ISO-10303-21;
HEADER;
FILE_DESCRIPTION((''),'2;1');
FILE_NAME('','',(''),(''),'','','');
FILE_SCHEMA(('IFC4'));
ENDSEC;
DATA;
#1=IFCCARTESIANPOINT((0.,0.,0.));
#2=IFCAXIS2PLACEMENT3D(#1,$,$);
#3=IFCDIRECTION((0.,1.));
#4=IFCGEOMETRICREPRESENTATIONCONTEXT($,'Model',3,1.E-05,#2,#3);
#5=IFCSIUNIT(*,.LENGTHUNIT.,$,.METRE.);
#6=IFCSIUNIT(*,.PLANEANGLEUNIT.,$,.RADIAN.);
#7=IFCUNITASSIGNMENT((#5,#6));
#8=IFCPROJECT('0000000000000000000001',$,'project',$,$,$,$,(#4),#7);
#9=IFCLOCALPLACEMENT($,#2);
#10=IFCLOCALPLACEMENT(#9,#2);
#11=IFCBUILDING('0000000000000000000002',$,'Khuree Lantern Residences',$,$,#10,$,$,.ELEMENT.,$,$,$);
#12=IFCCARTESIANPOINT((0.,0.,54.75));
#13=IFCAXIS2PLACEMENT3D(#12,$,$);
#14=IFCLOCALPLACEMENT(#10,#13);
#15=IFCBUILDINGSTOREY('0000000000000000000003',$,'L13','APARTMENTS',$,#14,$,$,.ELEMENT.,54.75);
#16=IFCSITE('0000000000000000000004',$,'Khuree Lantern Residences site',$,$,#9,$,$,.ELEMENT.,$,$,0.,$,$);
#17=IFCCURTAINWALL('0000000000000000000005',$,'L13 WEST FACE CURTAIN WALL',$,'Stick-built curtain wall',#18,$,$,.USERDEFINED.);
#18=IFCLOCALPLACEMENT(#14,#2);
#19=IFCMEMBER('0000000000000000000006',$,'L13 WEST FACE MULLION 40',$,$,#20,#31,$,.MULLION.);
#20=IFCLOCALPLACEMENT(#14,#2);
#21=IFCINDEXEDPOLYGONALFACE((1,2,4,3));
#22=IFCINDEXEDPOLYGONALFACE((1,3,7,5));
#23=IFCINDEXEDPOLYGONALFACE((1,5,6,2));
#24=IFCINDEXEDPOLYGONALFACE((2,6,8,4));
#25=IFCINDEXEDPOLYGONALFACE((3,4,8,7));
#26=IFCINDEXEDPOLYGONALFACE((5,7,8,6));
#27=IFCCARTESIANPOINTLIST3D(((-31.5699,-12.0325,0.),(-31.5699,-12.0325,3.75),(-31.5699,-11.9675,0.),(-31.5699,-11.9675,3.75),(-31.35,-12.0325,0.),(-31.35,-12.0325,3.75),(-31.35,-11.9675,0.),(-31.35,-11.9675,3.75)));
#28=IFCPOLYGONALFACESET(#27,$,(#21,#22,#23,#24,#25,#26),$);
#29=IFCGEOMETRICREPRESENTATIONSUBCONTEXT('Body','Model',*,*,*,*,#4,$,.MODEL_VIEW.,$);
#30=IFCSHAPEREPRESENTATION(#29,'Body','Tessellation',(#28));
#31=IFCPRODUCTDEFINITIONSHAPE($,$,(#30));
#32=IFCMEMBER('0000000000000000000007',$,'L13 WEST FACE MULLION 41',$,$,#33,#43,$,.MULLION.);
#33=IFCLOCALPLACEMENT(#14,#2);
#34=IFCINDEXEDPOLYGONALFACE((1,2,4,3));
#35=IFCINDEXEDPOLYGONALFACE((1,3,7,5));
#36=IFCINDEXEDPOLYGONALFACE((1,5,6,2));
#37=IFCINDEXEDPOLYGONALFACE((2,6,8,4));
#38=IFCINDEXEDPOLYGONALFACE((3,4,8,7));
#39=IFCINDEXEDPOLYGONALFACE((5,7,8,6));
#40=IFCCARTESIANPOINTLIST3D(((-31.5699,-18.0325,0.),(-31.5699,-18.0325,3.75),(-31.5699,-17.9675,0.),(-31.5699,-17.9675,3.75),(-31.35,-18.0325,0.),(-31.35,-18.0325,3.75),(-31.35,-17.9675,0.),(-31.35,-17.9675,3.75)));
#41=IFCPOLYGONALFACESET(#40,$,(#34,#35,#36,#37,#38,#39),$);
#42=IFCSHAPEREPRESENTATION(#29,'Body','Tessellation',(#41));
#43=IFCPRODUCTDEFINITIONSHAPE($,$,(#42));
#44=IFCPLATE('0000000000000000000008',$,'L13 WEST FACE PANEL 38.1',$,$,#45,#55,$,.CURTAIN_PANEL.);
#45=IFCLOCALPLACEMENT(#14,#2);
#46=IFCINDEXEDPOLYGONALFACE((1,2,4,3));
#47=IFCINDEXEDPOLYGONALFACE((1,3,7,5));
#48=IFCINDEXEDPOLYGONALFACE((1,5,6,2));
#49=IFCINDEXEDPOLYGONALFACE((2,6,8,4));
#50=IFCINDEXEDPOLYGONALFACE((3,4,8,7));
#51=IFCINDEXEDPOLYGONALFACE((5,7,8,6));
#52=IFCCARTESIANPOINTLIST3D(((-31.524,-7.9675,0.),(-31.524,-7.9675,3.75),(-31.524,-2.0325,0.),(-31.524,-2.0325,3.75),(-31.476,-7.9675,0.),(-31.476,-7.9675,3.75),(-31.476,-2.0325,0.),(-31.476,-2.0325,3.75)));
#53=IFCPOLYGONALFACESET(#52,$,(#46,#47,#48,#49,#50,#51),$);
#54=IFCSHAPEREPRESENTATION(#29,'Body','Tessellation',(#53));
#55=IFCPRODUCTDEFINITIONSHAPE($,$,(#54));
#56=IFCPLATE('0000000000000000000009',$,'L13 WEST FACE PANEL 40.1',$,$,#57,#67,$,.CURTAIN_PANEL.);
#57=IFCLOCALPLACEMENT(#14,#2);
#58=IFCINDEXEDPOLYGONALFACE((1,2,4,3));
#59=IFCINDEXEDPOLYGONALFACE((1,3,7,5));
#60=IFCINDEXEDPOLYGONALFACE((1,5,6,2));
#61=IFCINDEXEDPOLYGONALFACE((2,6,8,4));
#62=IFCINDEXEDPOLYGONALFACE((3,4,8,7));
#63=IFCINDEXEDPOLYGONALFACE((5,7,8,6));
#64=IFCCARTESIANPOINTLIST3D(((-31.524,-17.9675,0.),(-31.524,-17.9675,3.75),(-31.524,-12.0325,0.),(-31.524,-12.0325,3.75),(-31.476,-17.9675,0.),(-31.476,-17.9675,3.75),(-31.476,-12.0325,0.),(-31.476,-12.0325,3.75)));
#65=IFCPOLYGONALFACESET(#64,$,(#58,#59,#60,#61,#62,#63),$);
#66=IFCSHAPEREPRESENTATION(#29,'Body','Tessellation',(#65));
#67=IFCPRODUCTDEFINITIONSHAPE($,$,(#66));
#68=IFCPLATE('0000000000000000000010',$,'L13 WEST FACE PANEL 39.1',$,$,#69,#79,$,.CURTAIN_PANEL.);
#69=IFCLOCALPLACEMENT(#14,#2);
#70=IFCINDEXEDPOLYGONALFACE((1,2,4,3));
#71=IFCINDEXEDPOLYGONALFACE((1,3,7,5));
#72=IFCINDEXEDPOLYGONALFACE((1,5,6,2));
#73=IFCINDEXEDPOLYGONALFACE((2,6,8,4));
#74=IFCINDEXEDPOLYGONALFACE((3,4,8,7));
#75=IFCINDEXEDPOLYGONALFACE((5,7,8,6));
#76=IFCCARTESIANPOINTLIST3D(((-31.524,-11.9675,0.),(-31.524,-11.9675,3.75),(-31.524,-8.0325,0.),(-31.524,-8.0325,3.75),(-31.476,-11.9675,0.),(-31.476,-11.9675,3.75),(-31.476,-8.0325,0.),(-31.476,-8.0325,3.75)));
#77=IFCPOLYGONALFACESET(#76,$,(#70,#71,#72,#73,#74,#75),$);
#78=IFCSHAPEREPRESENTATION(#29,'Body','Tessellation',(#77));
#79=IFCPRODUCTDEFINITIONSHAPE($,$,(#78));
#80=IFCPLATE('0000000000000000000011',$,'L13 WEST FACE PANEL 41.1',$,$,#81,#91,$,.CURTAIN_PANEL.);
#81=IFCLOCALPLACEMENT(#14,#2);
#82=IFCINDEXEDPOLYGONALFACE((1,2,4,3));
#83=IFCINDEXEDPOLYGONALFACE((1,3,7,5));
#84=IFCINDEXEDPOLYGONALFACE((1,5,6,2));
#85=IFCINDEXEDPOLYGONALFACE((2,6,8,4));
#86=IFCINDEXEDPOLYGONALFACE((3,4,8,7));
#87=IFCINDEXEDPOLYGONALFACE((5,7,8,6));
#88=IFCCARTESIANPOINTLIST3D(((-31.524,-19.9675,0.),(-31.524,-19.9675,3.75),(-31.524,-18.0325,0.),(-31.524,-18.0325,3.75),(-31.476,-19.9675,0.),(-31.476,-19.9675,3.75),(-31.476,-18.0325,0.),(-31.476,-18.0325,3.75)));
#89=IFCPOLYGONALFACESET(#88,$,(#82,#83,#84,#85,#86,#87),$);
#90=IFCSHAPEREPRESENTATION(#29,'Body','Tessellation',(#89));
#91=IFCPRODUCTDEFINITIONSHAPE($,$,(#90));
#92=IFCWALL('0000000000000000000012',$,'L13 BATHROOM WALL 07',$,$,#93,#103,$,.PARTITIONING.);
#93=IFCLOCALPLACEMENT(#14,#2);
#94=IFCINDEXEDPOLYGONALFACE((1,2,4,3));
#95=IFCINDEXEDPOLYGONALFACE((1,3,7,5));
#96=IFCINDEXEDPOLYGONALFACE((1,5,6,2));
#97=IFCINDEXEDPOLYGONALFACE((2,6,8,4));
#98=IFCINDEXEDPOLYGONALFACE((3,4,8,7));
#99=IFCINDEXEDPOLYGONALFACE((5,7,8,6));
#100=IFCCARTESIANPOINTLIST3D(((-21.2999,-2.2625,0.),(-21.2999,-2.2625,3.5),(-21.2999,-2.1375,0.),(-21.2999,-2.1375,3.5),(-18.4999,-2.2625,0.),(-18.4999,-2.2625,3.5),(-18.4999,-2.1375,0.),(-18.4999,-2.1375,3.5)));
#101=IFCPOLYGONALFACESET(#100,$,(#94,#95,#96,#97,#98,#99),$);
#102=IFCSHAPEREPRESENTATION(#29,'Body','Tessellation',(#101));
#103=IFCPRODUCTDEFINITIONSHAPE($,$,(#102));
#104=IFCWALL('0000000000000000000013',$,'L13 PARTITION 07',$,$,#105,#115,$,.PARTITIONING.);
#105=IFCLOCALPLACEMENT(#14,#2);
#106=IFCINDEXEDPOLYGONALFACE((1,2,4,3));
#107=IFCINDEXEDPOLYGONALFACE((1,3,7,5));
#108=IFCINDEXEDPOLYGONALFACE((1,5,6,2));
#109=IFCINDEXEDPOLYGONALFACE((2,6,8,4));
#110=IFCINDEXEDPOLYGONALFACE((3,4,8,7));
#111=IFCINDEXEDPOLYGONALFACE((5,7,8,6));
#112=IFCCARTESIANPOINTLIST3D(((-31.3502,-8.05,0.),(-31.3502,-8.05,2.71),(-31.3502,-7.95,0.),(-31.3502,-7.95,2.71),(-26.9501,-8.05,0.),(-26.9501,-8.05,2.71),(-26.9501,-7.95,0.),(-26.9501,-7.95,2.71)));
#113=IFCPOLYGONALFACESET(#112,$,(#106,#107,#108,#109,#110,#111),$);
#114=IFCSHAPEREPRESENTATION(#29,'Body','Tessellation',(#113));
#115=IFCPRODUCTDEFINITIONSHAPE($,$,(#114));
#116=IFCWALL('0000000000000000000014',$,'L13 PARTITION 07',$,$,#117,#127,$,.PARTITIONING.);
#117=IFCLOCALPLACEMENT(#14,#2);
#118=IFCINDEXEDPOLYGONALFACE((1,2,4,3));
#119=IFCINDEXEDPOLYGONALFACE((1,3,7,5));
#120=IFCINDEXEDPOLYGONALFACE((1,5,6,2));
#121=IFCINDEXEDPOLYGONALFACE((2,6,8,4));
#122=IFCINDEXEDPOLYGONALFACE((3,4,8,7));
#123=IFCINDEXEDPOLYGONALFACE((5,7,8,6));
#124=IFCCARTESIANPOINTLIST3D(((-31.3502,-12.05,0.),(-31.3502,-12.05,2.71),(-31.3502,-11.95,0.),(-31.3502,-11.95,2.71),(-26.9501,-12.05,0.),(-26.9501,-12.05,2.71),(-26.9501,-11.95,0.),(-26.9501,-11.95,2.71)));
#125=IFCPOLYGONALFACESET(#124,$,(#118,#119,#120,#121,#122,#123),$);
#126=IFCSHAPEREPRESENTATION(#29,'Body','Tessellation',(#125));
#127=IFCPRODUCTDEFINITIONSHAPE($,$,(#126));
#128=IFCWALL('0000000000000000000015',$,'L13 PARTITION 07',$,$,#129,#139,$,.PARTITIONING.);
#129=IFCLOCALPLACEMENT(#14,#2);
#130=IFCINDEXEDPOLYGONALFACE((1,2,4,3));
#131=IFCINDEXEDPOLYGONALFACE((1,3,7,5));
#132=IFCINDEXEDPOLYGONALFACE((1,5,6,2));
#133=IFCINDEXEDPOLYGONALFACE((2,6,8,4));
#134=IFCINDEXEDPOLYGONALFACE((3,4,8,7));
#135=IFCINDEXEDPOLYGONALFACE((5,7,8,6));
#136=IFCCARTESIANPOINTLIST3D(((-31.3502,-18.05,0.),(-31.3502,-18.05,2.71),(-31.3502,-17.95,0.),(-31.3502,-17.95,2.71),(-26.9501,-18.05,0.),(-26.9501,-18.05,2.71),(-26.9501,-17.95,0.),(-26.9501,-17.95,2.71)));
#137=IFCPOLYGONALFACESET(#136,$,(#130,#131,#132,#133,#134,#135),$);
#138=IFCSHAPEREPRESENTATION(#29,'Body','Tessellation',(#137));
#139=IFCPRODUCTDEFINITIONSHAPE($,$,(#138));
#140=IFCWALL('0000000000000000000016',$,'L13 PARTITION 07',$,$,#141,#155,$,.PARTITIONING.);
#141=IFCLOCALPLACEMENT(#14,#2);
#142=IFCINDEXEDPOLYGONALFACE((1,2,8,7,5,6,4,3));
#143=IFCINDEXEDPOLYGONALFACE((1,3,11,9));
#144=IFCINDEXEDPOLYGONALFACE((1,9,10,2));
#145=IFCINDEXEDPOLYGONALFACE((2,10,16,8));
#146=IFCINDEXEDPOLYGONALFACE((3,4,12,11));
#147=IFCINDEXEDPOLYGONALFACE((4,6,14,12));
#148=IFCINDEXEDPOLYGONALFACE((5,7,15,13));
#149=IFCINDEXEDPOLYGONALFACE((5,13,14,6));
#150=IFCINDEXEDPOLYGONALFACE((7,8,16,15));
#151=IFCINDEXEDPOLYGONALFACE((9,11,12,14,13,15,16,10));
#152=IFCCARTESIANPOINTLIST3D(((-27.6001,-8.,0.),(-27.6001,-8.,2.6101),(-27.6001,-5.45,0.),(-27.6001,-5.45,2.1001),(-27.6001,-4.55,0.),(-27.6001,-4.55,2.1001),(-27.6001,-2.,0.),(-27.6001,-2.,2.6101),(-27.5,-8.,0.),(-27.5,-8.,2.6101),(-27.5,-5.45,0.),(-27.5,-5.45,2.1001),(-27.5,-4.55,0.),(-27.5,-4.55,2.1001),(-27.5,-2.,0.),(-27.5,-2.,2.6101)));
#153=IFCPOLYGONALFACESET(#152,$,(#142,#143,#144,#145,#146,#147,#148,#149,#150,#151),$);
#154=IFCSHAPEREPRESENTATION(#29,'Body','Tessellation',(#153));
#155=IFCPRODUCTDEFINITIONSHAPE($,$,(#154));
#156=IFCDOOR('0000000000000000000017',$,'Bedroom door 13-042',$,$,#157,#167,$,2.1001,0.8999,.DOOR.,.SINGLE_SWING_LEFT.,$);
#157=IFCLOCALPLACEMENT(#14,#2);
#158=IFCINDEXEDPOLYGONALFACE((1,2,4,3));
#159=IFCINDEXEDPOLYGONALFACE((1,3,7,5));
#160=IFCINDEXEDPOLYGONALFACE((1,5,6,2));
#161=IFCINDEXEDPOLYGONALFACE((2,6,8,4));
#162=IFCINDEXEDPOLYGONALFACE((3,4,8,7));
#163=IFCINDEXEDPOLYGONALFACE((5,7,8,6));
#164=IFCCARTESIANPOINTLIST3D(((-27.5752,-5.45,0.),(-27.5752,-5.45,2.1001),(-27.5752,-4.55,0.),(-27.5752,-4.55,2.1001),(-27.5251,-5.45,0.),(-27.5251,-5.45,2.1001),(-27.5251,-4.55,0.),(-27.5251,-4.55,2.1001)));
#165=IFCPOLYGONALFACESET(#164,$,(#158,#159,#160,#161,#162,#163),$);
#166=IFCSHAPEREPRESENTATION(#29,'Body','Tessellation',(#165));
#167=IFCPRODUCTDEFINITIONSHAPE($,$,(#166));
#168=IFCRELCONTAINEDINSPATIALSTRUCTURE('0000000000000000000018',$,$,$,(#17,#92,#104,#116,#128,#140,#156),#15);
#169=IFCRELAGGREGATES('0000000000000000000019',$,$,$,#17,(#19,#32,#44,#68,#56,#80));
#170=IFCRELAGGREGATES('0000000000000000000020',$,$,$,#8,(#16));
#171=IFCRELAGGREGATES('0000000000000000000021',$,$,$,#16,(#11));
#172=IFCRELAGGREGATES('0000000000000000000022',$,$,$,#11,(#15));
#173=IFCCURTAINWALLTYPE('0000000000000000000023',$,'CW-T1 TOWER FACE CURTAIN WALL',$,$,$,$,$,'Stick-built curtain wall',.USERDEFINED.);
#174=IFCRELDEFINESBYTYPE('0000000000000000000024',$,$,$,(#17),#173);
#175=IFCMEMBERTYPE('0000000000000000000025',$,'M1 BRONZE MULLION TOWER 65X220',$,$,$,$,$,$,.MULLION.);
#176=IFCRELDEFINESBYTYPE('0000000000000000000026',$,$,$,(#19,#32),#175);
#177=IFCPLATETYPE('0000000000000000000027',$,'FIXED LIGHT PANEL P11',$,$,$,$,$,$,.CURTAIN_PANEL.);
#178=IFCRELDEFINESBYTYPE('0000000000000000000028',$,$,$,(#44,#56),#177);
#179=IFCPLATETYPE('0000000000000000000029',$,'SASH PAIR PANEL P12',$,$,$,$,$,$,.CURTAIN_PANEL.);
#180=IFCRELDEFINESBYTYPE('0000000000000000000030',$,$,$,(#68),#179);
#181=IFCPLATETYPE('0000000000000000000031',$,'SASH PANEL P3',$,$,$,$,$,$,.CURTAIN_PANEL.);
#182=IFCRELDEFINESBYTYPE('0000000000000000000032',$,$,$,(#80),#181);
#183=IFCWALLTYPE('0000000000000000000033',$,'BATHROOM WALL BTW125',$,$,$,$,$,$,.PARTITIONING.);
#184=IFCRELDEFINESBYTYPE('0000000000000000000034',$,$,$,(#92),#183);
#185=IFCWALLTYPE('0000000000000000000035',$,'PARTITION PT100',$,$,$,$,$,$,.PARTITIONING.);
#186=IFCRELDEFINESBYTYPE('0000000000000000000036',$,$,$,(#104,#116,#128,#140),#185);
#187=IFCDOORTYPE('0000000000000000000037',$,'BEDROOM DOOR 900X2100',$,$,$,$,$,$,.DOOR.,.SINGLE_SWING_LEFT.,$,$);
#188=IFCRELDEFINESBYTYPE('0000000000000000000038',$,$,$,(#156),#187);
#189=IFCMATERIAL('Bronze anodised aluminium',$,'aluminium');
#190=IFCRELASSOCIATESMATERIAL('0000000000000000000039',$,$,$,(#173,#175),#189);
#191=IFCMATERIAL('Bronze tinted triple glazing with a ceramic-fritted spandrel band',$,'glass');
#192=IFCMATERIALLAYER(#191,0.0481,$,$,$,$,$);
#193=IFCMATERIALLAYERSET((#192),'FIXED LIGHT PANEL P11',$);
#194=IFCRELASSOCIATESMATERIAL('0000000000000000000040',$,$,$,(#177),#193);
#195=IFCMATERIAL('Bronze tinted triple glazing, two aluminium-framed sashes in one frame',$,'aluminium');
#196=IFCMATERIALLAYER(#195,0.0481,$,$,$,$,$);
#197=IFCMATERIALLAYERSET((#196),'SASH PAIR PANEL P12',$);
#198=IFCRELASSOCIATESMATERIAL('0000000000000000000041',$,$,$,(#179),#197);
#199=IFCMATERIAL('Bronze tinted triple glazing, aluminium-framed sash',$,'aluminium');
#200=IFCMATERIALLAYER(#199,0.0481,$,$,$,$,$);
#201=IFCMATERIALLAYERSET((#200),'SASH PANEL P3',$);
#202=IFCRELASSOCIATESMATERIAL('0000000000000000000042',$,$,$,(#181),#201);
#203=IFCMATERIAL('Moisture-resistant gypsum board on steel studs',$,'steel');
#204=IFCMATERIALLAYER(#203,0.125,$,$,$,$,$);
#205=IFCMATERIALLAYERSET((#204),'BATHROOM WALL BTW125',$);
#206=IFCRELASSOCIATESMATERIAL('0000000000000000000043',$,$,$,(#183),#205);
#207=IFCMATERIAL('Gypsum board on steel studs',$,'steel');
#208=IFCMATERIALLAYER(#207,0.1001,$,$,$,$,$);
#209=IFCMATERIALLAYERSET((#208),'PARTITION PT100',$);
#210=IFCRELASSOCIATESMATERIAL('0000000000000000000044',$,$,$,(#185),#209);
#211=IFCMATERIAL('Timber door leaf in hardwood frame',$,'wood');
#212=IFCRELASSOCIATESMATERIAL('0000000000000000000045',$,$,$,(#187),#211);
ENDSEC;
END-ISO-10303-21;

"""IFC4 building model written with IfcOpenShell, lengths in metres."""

from ifc_helpers import new_model, si_unit, direction, frame, frame_2d, origin, origin_2d, place, context, subcontext, project, spatial, rectangle, extrude, material, layer, layer_set, material_profile, profile_set, type_object, element, fill, aggregate, save


model = new_model("IFC4")

# Units and contexts
model_context = context("Model", 3, precision=1e-05, world=origin(), true_north=direction((0.0, 1.0)))
body_context = subcontext(model_context, "Body", "Model", "MODEL_VIEW")
ifc_project = project(units=[si_unit("LENGTHUNIT", "METRE"), si_unit("PLANEANGLEUNIT", "RADIAN")], contexts=[model_context])

# Site, building, storey
site_placement = place(None, origin())
site = spatial("IfcSite", under=ifc_project, at=site_placement, Name="Khuree Lantern Residences site", CompositionType="ELEMENT", RefElevation=0.0)
building_placement = place(site_placement, origin())
building = spatial("IfcBuilding", under=site, at=building_placement, Name="Khuree Lantern Residences", CompositionType="ELEMENT")
storey_placement = place(building_placement, frame((0.0, 0.0, 54.75)))
storey = spatial("IfcBuildingStorey", under=building, at=storey_placement, Name="L13", Description="APARTMENTS", CompositionType="ELEMENT", Elevation=54.75)

# Curtain wall
ifc_material_1 = material(Name="Bronze anodised aluminium", Category="aluminium")
curtain_wall_type = type_object("IfcCurtainWallType", Name="CW-T1 TOWER FACE CURTAIN WALL", ElementType="Stick-built curtain wall", PredefinedType="USERDEFINED", material=ifc_material_1)
curtain_wall_placement = place(storey_placement, origin())
curtain_wall = element("IfcCurtainWall", 1, at=curtain_wall_placement, inside=storey, type_object=curtain_wall_type, Name="L13 WEST FACE CURTAIN WALL", ObjectType="Stick-built curtain wall", PredefinedType="USERDEFINED")

# Members
ifc_material_profile_1 = material_profile(ifc_material_1, rectangle(XDim=0.0649, YDim=0.22, at=origin_2d()), Name="M1 65X220")
ifc_profile_set_1 = profile_set([ifc_material_profile_1], Name="Bronze anodised aluminium")
member_type_1 = type_object("IfcMemberType", Name="M1 BRONZE MULLION TOWER 65X220", PredefinedType="MULLION", material=ifc_profile_set_1)
member_1_placement = place(storey_placement, frame((-31.46, -12.0, 0.0), z_axis=(0.0, 0.0, 1.0), x_axis=(0.0, -1.0, 0.0)))
member_1 = element("IfcMember", 2, at=member_1_placement, type_object=member_type_1, Name="L13 WEST FACE MULLION 40", PredefinedType="MULLION", context=body_context, shape_type="SweptSolid", body=[
    extrude(rectangle(XDim=0.0649, YDim=0.22, at=origin_2d()), origin(), (0.0, 0.0, 1.0), 3.75),
])
member_2_placement = place(storey_placement, frame((-31.46, -18.0, 0.0), z_axis=(0.0, 0.0, 1.0), x_axis=(0.0, -1.0, 0.0)))
member_2 = element("IfcMember", 3, at=member_2_placement, type_object=member_type_1, Name="L13 WEST FACE MULLION 41", PredefinedType="MULLION", context=body_context, shape_type="SweptSolid", body=[
    extrude(rectangle(XDim=0.0649, YDim=0.22, at=origin_2d()), origin(), (0.0, 0.0, 1.0), 3.75),
])

# Plates
ifc_material_2 = material(Name="Bronze tinted triple glazing with a ceramic-fritted spandrel band", Category="glass")
ifc_layer_1 = layer(ifc_material_2, 0.0481)
ifc_layer_set_1 = layer_set([ifc_layer_1], Name="FIXED LIGHT PANEL P11")
plate_type_1 = type_object("IfcPlateType", Name="FIXED LIGHT PANEL P11", PredefinedType="CURTAIN_PANEL", material=ifc_layer_set_1)
plate_1_placement = place(storey_placement, frame((-31.5, -5.0, 0.0), z_axis=(0.0, 0.0, 1.0), x_axis=(0.0, -1.0, 0.0)))
plate_1 = element("IfcPlate", 4, at=plate_1_placement, type_object=plate_type_1, Name="L13 WEST FACE PANEL 38.1", PredefinedType="CURTAIN_PANEL", context=body_context, shape_type="SweptSolid", body=[
    extrude(rectangle(XDim=5.9351, YDim=0.0481, at=origin_2d()), origin(), (0.0, 0.0, 1.0), 3.75),
])
plate_2_placement = place(storey_placement, frame((-31.5, -15.0, 0.0), z_axis=(0.0, 0.0, 1.0), x_axis=(0.0, -1.0, 0.0)))
plate_2 = element("IfcPlate", 5, at=plate_2_placement, type_object=plate_type_1, Name="L13 WEST FACE PANEL 40.1", PredefinedType="CURTAIN_PANEL", context=body_context, shape_type="SweptSolid", body=[
    extrude(rectangle(XDim=5.9351, YDim=0.0481, at=origin_2d()), origin(), (0.0, 0.0, 1.0), 3.75),
])
ifc_material_3 = material(Name="Bronze tinted triple glazing, two aluminium-framed sashes in one frame", Category="aluminium")
ifc_layer_2 = layer(ifc_material_3, 0.0481)
ifc_layer_set_2 = layer_set([ifc_layer_2], Name="SASH PAIR PANEL P12")
plate_type_2 = type_object("IfcPlateType", Name="SASH PAIR PANEL P12", PredefinedType="CURTAIN_PANEL", material=ifc_layer_set_2)
plate_3_placement = place(storey_placement, frame((-31.5, -10.0, 0.0), z_axis=(0.0, 0.0, 1.0), x_axis=(0.0, -1.0, 0.0)))
plate_3 = element("IfcPlate", 6, at=plate_3_placement, type_object=plate_type_2, Name="L13 WEST FACE PANEL 39.1", PredefinedType="CURTAIN_PANEL", context=body_context, shape_type="SweptSolid", body=[
    extrude(rectangle(XDim=3.9351, YDim=0.0481, at=origin_2d()), origin(), (0.0, 0.0, 1.0), 3.75),
])
ifc_material_4 = material(Name="Bronze tinted triple glazing, aluminium-framed sash", Category="aluminium")
ifc_layer_3 = layer(ifc_material_4, 0.0481)
ifc_layer_set_3 = layer_set([ifc_layer_3], Name="SASH PANEL P3")
plate_type_3 = type_object("IfcPlateType", Name="SASH PANEL P3", PredefinedType="CURTAIN_PANEL", material=ifc_layer_set_3)
plate_4_placement = place(storey_placement, frame((-31.5, -19.0, 0.0), z_axis=(0.0, 0.0, 1.0), x_axis=(0.0, -1.0, 0.0)))
plate_4 = element("IfcPlate", 7, at=plate_4_placement, type_object=plate_type_3, Name="L13 WEST FACE PANEL 41.1", PredefinedType="CURTAIN_PANEL", context=body_context, shape_type="SweptSolid", body=[
    extrude(rectangle(XDim=1.9351, YDim=0.0481, at=origin_2d()), origin(), (0.0, 0.0, 1.0), 3.75),
])
aggregate(curtain_wall, [member_1, member_2, plate_1, plate_3, plate_2, plate_4])

# Walls
ifc_material_5 = material(Name="Moisture-resistant gypsum board on steel studs", Category="steel")
ifc_layer_4 = layer(ifc_material_5, 0.125)
ifc_layer_set_4 = layer_set([ifc_layer_4], Name="BATHROOM WALL BTW125")
wall_type_1 = type_object("IfcWallType", Name="BATHROOM WALL BTW125", PredefinedType="PARTITIONING", material=ifc_layer_set_4)
wall_1_placement = place(storey_placement, frame((-18.5, -2.2, 0.0), z_axis=(0.0, 0.0, 1.0), x_axis=(-1.0, 0.0, 0.0)))
element("IfcWall", 8, at=wall_1_placement, inside=storey, type_object=wall_type_1, Name="L13 BATHROOM WALL 07", PredefinedType="PARTITIONING", context=body_context, shape_type="SweptSolid", body=[
    extrude(rectangle(XDim=2.8, YDim=0.125, at=frame_2d((1.3999, 0.0))), origin(), (0.0, 0.0, 1.0), 3.5),
])
ifc_material_6 = material(Name="Gypsum board on steel studs", Category="steel")
ifc_layer_5 = layer(ifc_material_6, 0.1001)
ifc_layer_set_5 = layer_set([ifc_layer_5], Name="PARTITION PT100")
wall_type_2 = type_object("IfcWallType", Name="PARTITION PT100", PredefinedType="PARTITIONING", material=ifc_layer_set_5)
for number, where, z_axis, x_axis, name in (
    (9, (-26.95, -8.0, 0.0), (0.0, 0.0, 1.0), (-1.0, 0.0, 0.0), "L13 PARTITION 07"),
    (10, (-26.95, -12.0, 0.0), (0.0, 0.0, 1.0), (-1.0, 0.0, 0.0), "L13 PARTITION 07"),
    (11, (-26.95, -18.0, 0.0), (0.0, 0.0, 1.0), (-1.0, 0.0, 0.0), "L13 PARTITION 07"),
):
    element("IfcWall", number, at=place(storey_placement, frame(where, z_axis=z_axis, x_axis=x_axis)), inside=storey, type_object=wall_type_2, Name=name, PredefinedType="PARTITIONING", context=body_context, shape_type="SweptSolid", body=[
        extrude(rectangle(XDim=4.4001, YDim=0.1001, at=frame_2d((2.2002, 0.0))), origin(), (0.0, 0.0, 1.0), 2.71),
    ])

# Wall, opening, door
wall_2_placement = place(storey_placement, frame((-27.55, -2.0, 0.0), z_axis=(0.0, 0.0, 1.0), x_axis=(0.0, -1.0, 0.0)))
wall_2 = element("IfcWall", 12, at=wall_2_placement, inside=storey, type_object=wall_type_2, Name="L13 PARTITION 07", PredefinedType="PARTITIONING", context=body_context, shape_type="SweptSolid", body=[
    extrude(rectangle(XDim=6.0, YDim=0.1001, at=frame_2d((3.0, 0.0))), origin(), (0.0, 0.0, 1.0), 2.6101),
])
opening_1_placement = place(wall_2_placement, frame((2.55, 0.0, 0.0)))
opening_1 = element("IfcOpeningElement", 13, at=opening_1_placement, cuts=wall_2, PredefinedType="OPENING", context=body_context, shape_type="SweptSolid", body=[
    extrude(rectangle(XDim=0.8999, YDim=2.1001, at=frame_2d((0.45, 1.05))), frame((0.0, 0.0601, 0.0), z_axis=(0.0, -1.0, 0.0), x_axis=(1.0, 0.0, 0.0)), (0.0, 0.0, 1.0), 0.1201),
])
ifc_material_7 = material(Name="Timber door leaf in hardwood frame", Category="wood")
door_type = type_object("IfcDoorType", Name="BEDROOM DOOR 900X2100", OperationType="SINGLE_SWING_LEFT", PredefinedType="DOOR", material=ifc_material_7)
door_1_placement = place(opening_1_placement, origin())
door_1 = element("IfcDoor", 14, at=door_1_placement, inside=storey, type_object=door_type, Name="Bedroom door 13-042", OperationType="SINGLE_SWING_LEFT", OverallHeight=2.1001, OverallWidth=0.8999, PredefinedType="DOOR", context=body_context, shape_type="SweptSolid", body=[
    extrude(rectangle(XDim=0.8999, YDim=2.1001, at=frame_2d((0.45, 1.05))), frame((0.0, 0.0249, 0.0), z_axis=(0.0, -1.0, 0.0), x_axis=(1.0, 0.0, 0.0)), (0.0, 0.0, 1.0), 0.05),
])
fill(opening_1, door_1)

save(model, "model.ifc")
